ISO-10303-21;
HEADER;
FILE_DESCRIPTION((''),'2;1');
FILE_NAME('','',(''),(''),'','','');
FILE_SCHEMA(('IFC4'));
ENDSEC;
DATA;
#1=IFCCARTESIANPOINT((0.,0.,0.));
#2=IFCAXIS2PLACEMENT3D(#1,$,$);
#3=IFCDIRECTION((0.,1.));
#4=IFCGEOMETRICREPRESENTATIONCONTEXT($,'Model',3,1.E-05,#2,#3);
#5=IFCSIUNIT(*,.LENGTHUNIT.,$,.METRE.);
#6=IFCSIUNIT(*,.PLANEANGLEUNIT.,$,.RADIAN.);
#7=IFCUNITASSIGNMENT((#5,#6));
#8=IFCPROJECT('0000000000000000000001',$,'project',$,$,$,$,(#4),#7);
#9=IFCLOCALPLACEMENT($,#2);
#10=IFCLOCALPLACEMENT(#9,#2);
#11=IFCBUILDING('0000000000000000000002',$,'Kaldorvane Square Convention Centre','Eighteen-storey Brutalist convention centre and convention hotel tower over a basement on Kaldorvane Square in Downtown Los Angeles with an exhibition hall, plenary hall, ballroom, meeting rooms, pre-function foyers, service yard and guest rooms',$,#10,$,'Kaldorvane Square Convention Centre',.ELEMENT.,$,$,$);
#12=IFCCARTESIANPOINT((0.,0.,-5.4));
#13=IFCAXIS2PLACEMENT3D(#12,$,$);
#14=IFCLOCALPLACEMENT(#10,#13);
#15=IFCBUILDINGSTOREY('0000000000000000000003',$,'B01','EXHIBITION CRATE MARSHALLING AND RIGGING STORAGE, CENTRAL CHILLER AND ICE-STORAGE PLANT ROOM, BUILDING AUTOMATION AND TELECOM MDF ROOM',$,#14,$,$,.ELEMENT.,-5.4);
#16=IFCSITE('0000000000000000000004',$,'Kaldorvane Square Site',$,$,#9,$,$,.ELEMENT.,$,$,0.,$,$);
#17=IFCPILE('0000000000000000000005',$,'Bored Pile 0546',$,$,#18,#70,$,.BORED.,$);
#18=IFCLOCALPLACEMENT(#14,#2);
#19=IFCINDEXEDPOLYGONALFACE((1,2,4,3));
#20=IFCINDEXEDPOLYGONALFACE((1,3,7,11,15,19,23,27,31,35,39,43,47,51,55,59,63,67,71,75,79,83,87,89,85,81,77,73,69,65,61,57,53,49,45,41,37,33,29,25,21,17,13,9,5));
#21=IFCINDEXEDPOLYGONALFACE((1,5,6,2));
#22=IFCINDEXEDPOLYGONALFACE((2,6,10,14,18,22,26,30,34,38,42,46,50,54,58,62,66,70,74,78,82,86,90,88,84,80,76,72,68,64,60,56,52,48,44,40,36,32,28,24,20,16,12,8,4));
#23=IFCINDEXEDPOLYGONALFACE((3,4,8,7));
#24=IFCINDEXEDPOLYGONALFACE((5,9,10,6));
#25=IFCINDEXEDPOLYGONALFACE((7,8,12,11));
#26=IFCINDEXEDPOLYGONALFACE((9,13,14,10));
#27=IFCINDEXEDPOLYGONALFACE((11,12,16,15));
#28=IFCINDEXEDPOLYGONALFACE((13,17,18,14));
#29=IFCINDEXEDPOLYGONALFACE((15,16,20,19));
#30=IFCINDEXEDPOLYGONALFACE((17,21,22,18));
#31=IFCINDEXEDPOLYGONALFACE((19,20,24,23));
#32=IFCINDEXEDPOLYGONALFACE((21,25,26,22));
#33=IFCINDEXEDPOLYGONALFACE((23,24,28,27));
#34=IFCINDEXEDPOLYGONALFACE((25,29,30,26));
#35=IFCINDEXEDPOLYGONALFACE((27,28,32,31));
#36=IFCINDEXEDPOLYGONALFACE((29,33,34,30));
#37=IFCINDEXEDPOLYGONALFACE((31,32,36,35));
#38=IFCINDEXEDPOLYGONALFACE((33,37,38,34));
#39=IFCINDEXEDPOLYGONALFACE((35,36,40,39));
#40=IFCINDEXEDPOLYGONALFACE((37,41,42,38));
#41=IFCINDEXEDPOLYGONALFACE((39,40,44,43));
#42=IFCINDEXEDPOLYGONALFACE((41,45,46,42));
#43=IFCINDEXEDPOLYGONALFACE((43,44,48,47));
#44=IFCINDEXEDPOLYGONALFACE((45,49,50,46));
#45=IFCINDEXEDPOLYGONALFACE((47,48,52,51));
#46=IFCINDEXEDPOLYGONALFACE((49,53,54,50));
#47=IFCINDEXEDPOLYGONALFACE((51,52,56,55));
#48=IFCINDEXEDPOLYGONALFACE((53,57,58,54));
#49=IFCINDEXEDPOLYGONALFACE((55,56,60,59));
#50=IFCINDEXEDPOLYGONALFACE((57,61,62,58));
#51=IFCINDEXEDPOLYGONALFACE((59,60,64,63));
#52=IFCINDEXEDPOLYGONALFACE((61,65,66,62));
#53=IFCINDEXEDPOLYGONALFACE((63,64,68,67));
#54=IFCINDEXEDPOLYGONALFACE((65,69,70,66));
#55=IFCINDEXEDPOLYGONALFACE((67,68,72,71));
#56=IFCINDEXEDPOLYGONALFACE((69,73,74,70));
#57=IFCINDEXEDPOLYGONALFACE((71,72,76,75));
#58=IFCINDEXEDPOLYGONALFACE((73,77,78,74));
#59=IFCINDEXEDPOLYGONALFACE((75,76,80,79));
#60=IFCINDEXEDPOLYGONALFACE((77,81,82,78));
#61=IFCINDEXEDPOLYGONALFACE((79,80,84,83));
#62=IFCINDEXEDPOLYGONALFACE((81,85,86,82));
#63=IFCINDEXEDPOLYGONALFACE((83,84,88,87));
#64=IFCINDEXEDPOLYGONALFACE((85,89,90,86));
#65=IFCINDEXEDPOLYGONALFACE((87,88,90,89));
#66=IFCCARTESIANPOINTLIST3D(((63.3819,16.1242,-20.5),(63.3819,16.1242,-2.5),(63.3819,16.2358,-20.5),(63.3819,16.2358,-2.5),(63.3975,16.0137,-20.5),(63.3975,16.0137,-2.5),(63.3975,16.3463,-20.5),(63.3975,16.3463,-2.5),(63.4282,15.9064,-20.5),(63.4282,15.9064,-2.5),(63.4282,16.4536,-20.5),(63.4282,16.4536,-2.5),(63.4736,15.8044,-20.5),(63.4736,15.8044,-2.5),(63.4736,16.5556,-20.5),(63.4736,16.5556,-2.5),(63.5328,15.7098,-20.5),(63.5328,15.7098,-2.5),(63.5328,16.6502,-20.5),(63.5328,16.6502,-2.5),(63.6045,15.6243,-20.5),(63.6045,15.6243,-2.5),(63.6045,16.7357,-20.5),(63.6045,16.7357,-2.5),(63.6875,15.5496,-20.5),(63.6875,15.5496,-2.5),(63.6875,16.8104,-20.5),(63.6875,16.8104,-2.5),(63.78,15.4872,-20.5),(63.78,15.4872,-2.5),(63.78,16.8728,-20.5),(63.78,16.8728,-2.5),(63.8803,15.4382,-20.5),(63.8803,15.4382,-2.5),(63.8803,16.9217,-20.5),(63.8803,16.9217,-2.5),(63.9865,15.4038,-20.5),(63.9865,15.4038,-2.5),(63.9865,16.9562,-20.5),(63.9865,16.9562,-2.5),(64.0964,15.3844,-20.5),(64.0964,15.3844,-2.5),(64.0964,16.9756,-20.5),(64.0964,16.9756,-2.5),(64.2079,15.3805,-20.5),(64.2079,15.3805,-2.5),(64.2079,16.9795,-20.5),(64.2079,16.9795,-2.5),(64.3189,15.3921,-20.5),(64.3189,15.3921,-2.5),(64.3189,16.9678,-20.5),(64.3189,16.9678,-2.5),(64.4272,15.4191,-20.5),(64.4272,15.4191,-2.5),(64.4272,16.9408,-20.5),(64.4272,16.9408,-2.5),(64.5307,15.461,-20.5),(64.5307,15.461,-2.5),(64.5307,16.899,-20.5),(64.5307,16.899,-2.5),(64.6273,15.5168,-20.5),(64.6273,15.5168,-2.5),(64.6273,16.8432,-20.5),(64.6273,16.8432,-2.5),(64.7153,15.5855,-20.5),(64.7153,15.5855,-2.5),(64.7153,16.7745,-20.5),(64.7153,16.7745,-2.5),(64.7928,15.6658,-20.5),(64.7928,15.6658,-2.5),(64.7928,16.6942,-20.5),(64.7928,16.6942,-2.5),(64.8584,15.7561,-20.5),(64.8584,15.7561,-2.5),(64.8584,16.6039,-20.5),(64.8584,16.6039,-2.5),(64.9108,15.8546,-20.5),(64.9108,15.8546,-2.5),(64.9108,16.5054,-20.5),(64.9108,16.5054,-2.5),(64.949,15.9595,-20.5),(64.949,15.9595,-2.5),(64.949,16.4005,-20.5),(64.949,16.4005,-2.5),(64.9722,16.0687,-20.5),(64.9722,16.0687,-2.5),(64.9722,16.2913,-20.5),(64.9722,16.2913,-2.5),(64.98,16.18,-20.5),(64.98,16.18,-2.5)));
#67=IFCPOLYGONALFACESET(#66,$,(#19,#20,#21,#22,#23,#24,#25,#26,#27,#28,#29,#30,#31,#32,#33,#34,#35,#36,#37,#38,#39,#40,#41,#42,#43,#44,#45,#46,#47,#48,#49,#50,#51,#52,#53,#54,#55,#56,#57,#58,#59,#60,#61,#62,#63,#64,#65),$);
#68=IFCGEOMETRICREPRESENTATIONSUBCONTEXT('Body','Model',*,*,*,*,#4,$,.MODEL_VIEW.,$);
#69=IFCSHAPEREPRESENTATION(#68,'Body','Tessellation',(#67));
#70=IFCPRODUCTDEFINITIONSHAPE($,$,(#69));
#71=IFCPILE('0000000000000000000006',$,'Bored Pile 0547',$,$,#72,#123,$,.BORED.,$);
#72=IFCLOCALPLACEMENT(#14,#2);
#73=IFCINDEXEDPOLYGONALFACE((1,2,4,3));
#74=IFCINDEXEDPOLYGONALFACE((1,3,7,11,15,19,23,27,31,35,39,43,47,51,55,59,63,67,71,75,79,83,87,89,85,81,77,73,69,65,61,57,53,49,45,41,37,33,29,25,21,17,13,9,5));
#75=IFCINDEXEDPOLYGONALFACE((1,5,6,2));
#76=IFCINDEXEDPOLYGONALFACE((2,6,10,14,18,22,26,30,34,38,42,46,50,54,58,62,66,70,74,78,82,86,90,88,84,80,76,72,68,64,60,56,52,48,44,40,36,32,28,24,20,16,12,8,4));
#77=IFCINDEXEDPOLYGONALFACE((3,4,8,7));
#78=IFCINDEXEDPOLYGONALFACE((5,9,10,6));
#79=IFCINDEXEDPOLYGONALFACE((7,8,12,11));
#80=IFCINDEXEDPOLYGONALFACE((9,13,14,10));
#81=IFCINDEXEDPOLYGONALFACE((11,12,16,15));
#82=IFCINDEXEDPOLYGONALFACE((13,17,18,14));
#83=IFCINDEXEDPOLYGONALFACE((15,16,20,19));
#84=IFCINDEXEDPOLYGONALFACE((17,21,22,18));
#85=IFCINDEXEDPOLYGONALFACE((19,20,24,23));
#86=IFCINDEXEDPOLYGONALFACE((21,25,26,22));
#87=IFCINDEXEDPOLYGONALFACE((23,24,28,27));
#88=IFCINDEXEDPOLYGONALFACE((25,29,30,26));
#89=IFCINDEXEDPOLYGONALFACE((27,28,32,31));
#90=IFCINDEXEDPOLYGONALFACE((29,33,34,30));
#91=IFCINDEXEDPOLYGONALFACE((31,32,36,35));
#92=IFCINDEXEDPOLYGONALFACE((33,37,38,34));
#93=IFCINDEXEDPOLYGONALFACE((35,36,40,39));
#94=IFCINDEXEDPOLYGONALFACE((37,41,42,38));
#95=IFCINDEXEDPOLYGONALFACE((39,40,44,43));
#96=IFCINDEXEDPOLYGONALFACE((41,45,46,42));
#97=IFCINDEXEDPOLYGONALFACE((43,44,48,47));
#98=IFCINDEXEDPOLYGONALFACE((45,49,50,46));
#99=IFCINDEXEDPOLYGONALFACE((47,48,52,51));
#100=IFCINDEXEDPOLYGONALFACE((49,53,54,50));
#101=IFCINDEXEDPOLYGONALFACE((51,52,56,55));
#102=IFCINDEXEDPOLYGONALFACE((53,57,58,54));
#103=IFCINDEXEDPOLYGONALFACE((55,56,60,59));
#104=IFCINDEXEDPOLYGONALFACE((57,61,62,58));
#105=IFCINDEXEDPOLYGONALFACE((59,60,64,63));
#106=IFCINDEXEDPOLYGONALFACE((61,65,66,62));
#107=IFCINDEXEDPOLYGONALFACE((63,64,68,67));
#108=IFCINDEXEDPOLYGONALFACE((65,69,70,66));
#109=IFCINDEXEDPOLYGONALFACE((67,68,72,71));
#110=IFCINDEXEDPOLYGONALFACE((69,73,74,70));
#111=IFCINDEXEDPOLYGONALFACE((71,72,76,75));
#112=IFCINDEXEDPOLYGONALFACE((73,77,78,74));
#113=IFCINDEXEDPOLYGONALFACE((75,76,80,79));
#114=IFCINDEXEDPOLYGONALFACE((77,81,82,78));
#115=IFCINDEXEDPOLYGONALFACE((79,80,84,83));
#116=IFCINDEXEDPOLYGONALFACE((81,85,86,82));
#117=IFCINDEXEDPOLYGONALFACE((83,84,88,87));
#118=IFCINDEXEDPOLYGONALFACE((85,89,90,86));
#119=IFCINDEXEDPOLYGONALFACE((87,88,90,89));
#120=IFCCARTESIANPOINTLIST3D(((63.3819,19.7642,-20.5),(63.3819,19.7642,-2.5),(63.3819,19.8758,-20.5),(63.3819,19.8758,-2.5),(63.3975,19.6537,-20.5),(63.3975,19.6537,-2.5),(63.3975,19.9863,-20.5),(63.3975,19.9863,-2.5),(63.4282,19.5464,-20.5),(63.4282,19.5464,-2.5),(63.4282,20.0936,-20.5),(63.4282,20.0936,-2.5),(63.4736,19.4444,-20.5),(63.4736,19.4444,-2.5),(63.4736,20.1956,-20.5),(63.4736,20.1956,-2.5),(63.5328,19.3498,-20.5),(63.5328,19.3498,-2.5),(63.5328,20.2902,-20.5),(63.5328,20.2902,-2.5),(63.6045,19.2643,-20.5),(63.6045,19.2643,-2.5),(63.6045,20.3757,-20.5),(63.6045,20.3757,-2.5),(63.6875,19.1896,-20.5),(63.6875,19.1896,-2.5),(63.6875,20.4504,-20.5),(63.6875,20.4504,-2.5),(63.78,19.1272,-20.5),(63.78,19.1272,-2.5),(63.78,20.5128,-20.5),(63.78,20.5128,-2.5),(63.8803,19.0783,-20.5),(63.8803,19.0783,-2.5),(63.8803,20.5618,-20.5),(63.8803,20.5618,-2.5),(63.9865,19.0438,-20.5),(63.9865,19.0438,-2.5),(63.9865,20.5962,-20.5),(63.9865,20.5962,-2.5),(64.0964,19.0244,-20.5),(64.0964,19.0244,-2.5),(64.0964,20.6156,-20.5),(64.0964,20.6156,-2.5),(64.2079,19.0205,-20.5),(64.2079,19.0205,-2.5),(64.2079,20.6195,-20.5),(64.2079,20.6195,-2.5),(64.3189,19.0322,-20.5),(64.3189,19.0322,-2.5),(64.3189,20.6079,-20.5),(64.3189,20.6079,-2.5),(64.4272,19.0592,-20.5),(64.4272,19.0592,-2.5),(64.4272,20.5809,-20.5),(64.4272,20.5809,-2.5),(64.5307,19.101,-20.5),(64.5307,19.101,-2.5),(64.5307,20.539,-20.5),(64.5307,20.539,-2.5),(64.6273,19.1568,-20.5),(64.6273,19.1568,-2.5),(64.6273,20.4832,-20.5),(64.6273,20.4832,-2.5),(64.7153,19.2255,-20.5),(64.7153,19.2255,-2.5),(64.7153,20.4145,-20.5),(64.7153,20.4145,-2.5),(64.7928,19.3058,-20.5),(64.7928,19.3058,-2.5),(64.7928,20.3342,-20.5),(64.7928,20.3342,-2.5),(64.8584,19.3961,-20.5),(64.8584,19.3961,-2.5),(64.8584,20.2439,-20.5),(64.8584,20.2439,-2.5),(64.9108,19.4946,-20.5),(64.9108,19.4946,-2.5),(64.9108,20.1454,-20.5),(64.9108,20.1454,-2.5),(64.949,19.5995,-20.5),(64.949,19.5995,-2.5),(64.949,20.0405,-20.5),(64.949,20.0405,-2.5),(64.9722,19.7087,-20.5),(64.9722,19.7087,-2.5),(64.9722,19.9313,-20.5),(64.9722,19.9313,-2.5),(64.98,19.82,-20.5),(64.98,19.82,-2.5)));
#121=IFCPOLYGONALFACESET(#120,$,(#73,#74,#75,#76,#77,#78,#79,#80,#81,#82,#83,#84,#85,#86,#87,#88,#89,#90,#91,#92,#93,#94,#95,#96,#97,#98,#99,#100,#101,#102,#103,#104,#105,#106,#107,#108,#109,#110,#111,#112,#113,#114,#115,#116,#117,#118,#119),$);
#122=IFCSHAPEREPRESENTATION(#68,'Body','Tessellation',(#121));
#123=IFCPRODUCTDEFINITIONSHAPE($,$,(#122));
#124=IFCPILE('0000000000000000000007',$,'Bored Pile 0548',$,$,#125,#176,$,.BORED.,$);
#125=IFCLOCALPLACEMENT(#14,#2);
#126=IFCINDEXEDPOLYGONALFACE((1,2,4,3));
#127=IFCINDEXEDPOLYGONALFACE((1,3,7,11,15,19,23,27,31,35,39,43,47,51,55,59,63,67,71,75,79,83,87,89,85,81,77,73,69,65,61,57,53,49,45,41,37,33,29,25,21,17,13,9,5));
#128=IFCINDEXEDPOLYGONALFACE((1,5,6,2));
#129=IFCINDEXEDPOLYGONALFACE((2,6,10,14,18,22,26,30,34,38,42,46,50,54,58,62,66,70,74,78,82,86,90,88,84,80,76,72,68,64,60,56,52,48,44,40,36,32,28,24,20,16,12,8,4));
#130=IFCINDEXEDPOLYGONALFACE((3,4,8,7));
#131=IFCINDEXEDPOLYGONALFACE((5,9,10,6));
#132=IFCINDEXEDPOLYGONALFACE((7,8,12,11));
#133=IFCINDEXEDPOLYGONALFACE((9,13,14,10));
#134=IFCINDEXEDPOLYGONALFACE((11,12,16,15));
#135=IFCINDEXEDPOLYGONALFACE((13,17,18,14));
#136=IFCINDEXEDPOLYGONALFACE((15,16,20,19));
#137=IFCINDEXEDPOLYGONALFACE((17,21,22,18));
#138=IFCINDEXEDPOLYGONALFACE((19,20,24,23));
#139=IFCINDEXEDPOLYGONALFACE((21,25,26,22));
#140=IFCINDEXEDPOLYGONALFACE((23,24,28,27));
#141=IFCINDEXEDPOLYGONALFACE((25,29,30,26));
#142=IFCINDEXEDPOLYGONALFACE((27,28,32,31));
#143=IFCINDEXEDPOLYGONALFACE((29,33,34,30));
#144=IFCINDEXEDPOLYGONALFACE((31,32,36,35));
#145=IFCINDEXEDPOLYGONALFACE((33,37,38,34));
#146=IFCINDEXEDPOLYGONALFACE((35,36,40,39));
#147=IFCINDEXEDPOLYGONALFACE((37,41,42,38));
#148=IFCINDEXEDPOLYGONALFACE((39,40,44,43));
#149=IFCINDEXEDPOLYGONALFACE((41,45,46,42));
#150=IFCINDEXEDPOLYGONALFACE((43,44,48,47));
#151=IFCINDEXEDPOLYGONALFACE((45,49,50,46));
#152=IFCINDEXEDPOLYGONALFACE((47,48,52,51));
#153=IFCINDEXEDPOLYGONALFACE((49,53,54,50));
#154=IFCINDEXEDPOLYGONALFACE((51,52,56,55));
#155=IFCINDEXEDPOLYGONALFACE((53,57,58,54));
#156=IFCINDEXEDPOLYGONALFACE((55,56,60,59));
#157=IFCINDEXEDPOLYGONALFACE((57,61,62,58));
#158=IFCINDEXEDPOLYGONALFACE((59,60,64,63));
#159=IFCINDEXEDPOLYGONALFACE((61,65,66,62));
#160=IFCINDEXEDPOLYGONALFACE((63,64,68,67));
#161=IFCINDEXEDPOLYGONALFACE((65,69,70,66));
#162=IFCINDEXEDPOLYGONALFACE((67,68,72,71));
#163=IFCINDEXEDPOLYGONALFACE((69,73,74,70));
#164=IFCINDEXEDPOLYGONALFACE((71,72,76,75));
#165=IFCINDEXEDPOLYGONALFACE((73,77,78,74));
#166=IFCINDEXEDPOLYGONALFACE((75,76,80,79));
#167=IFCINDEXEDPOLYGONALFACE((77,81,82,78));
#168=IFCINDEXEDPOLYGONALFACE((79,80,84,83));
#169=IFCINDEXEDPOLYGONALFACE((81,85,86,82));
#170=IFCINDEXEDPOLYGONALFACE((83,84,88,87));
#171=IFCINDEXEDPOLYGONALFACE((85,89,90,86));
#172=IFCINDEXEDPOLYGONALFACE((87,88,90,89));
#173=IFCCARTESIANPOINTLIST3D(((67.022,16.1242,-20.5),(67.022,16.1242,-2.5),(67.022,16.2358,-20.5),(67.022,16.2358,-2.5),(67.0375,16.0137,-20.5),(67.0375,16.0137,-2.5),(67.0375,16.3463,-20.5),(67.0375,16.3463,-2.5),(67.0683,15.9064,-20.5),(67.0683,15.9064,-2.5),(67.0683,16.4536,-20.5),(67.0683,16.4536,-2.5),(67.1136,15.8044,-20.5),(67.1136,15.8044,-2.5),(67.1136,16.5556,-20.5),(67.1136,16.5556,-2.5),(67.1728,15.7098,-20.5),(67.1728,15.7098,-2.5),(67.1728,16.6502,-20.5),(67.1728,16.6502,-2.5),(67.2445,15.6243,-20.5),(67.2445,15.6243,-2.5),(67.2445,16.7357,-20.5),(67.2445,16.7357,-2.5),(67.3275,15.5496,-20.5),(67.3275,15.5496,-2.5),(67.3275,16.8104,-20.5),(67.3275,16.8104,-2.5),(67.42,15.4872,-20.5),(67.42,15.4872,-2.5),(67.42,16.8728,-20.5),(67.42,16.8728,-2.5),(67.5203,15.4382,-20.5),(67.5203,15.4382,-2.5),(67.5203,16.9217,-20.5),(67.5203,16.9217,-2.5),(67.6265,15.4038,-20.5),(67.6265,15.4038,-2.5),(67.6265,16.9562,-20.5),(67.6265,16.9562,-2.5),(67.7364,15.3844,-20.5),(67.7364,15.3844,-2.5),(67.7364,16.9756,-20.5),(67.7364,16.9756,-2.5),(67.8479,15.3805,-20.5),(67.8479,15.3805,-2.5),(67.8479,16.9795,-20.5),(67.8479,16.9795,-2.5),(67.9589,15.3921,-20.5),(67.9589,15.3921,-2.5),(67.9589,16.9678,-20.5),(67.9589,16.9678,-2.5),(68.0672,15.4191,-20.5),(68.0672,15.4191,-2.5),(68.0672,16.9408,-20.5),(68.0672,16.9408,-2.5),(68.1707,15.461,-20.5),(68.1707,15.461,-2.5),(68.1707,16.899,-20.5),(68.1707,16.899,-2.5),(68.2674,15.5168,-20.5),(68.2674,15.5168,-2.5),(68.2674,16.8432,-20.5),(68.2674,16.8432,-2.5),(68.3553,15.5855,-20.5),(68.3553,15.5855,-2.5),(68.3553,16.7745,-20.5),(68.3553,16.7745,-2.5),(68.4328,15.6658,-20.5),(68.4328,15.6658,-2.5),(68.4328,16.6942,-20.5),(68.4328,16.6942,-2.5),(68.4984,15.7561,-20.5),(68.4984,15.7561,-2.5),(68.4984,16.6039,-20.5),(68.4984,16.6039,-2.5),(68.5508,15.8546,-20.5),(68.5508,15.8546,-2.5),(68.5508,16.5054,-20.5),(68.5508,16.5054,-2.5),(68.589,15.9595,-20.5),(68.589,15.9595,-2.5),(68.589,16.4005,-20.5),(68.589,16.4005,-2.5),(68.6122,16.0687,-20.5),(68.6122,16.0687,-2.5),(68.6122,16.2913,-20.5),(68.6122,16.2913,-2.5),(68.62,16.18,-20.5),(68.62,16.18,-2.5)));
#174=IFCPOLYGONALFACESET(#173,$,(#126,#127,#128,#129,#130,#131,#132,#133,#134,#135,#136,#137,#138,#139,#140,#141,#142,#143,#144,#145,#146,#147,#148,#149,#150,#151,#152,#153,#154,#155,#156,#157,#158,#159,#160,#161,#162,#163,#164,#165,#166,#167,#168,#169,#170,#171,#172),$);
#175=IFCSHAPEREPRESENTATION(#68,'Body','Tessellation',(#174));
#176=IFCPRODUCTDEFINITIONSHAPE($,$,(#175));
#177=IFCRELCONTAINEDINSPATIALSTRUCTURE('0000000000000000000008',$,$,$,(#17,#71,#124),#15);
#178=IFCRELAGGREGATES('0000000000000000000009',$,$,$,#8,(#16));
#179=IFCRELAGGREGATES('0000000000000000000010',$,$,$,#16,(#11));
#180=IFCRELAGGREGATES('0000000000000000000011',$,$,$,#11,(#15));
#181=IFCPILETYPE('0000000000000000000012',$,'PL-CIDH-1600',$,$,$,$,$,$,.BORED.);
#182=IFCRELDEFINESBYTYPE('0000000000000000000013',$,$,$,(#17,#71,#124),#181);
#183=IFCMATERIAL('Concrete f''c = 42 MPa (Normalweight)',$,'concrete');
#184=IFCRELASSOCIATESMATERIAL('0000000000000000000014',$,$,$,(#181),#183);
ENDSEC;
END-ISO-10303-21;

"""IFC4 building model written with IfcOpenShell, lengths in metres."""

from ifc_helpers import new_model, si_unit, direction, frame, origin, origin_2d, place, context, subcontext, project, spatial, circle, extrude, material, material_profile, profile_set, type_object, element, save


model = new_model("IFC4")

# Units and contexts
model_context = context("Model", 3, precision=1e-05, world=origin(), true_north=direction((0.0, 1.0)))
body_context = subcontext(model_context, "Body", "Model", "MODEL_VIEW")
ifc_project = project(units=[si_unit("LENGTHUNIT", "METRE"), si_unit("PLANEANGLEUNIT", "RADIAN")], contexts=[model_context])

# Site, building, storey
site_placement = place(None, origin())
site = spatial("IfcSite", under=ifc_project, at=site_placement, Name="Kaldorvane Square Site", CompositionType="ELEMENT", RefElevation=0.0)
building_placement = place(site_placement, origin())
building = spatial("IfcBuilding", under=site, at=building_placement, Name="Kaldorvane Square Convention Centre", Description="Eighteen-storey Brutalist convention centre and convention hotel tower over a basement on Kaldorvane Square in Downtown Los Angeles with an exhibition hall, plenary hall, ballroom, meeting rooms, pre-function foyers, service yard and guest rooms", LongName="Kaldorvane Square Convention Centre", CompositionType="ELEMENT")
storey_placement = place(building_placement, frame((0.0, 0.0, -5.4)))
storey = spatial("IfcBuildingStorey", under=building, at=storey_placement, Name="B01", Description="EXHIBITION CRATE MARSHALLING AND RIGGING STORAGE, CENTRAL CHILLER AND ICE-STORAGE PLANT ROOM, BUILDING AUTOMATION AND TELECOM MDF ROOM", CompositionType="ELEMENT", Elevation=-5.4)

# Shared definitions
ifc_material_1 = material(Name="Concrete f'c = 42 MPa (Normalweight)", Category="concrete")

# Piles
ifc_material_profile_1 = material_profile(ifc_material_1, circle(Radius=0.8, at=origin_2d()), Name="PILE-D1600")
ifc_profile_set_1 = profile_set([ifc_material_profile_1], Name="Concrete f'c = 42 MPa (Normalweight)")
pile_type_1 = type_object("IfcPileType", Name="PL-CIDH-1600", PredefinedType="BORED", material=ifc_profile_set_1)
for number, where, z_axis, x_axis, name in (
    (1, (64.18, 16.18, -2.5), (0.0, 0.0, -1.0), (1.0, 0.0, 0.0), "Bored Pile 0546"),
    (2, (64.18, 19.82, -2.5), (0.0, 0.0, -1.0), (1.0, 0.0, 0.0), "Bored Pile 0547"),
    (3, (67.82, 16.18, -2.5), (0.0, 0.0, -1.0), (1.0, 0.0, 0.0), "Bored Pile 0548"),
):
    element("IfcPile", number, at=place(storey_placement, frame(where, z_axis=z_axis, x_axis=x_axis)), inside=storey, type_object=pile_type_1, Name=name, PredefinedType="BORED", context=body_context, shape_type="SweptSolid", body=[
        extrude(circle(Radius=0.8, at=origin_2d()), origin(), (0.0, 0.0, 1.0), 18.0),
    ])

save(model, "model.ifc")
